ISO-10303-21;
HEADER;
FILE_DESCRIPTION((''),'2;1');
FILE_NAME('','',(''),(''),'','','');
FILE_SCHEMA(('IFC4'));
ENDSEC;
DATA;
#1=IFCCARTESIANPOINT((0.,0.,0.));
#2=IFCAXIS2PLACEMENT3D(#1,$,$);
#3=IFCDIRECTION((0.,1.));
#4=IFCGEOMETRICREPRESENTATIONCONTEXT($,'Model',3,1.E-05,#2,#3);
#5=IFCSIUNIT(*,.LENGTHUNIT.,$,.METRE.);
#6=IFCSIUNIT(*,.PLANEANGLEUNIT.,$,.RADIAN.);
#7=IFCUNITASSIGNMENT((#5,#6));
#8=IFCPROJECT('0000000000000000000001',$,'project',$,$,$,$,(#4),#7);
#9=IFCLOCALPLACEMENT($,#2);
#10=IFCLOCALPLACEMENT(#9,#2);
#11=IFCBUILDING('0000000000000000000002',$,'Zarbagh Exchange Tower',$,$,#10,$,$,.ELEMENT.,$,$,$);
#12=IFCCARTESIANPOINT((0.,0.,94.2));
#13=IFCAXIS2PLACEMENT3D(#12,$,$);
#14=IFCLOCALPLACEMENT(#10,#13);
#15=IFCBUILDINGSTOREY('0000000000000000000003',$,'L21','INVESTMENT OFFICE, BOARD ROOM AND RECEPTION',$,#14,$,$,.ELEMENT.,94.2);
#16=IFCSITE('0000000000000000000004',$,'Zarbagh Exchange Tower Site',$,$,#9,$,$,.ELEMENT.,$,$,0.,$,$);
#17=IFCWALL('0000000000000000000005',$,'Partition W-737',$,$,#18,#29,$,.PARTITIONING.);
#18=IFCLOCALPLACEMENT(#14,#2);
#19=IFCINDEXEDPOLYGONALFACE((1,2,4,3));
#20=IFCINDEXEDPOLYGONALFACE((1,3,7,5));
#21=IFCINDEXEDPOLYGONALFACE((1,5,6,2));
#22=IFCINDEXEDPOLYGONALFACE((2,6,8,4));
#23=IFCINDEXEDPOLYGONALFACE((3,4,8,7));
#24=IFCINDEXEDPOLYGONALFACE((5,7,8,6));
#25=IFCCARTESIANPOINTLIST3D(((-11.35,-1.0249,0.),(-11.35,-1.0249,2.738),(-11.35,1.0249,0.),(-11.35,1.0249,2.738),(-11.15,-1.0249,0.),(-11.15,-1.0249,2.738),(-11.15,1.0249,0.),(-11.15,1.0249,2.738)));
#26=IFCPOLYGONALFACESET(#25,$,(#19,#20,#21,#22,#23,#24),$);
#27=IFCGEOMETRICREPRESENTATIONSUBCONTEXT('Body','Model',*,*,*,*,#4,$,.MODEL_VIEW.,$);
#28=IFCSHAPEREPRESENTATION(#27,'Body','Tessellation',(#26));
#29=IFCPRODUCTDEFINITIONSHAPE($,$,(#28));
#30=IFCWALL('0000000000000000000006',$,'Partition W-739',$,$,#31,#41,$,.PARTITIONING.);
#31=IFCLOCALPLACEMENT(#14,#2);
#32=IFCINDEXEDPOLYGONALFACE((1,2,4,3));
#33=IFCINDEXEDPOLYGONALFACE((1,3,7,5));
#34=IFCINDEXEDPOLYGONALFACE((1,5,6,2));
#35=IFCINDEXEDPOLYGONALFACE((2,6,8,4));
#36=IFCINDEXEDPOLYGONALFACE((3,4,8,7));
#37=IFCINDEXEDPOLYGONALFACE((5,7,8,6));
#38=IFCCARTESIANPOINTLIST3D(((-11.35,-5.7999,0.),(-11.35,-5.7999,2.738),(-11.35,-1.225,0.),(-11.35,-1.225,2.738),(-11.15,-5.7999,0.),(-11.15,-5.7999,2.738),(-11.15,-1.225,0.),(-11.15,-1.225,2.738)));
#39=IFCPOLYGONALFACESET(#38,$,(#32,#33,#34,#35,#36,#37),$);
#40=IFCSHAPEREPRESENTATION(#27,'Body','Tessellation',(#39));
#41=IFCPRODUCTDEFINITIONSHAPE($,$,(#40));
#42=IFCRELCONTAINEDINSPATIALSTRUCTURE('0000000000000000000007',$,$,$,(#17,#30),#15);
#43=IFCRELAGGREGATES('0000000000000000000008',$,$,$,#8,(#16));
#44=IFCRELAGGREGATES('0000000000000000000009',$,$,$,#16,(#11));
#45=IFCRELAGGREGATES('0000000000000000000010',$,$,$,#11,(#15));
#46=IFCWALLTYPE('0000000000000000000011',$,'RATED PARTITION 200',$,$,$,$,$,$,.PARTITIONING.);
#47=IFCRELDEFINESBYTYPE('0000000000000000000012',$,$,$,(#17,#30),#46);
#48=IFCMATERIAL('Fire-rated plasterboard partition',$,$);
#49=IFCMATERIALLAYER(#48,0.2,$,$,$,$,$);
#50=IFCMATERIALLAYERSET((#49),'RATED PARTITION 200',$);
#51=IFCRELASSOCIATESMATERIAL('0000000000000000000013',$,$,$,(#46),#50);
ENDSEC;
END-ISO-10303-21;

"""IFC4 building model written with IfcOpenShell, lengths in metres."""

from ifc_helpers import new_model, si_unit, direction, frame, frame_2d, origin, place, context, subcontext, project, spatial, rectangle, extrude, material, layer, layer_set, type_object, element, save


model = new_model("IFC4")

# Units and contexts
model_context = context("Model", 3, precision=1e-05, world=origin(), true_north=direction((0.0, 1.0)))
body_context = subcontext(model_context, "Body", "Model", "MODEL_VIEW")
ifc_project = project(units=[si_unit("LENGTHUNIT", "METRE"), si_unit("PLANEANGLEUNIT", "RADIAN")], contexts=[model_context])

# Site, building, storey
site_placement = place(None, origin())
site = spatial("IfcSite", under=ifc_project, at=site_placement, Name="Zarbagh Exchange Tower Site", CompositionType="ELEMENT", RefElevation=0.0)
building_placement = place(site_placement, origin())
building = spatial("IfcBuilding", under=site, at=building_placement, Name="Zarbagh Exchange Tower", CompositionType="ELEMENT")
storey_placement = place(building_placement, frame((0.0, 0.0, 94.2)))
storey = spatial("IfcBuildingStorey", under=building, at=storey_placement, Name="L21", Description="INVESTMENT OFFICE, BOARD ROOM AND RECEPTION", CompositionType="ELEMENT", Elevation=94.2)

# Shared definitions
ifc_material_1 = material(Name="Fire-rated plasterboard partition")
ifc_layer_1 = layer(ifc_material_1, 0.2)
ifc_layer_set_1 = layer_set([ifc_layer_1], Name="RATED PARTITION 200")
wall_type_1 = type_object("IfcWallType", Name="RATED PARTITION 200", PredefinedType="PARTITIONING", material=ifc_layer_set_1)

# Walls
wall_1_placement = place(storey_placement, frame((-11.25, -1.0249, 0.0), z_axis=(0.0, 0.0, 1.0), x_axis=(0.0, 1.0, 0.0)))
element("IfcWall", 1, at=wall_1_placement, inside=storey, type_object=wall_type_1, Name="Partition W-737", PredefinedType="PARTITIONING", context=body_context, shape_type="SweptSolid", body=[
    extrude(rectangle(XDim=2.0498, YDim=0.2, at=frame_2d((1.0249, 0.0))), origin(), (0.0, 0.0, 1.0), 2.738),
])
wall_2_placement = place(storey_placement, frame((-11.25, -5.8, 0.0), z_axis=(0.0, 0.0, 1.0), x_axis=(0.0, 1.0, 0.0)))
element("IfcWall", 2, at=wall_2_placement, inside=storey, type_object=wall_type_1, Name="Partition W-739", PredefinedType="PARTITIONING", context=body_context, shape_type="SweptSolid", body=[
    extrude(rectangle(XDim=4.575, YDim=0.2, at=frame_2d((2.2876, 0.0))), origin(), (0.0, 0.0, 1.0), 2.738),
])

save(model, "model.ifc")
